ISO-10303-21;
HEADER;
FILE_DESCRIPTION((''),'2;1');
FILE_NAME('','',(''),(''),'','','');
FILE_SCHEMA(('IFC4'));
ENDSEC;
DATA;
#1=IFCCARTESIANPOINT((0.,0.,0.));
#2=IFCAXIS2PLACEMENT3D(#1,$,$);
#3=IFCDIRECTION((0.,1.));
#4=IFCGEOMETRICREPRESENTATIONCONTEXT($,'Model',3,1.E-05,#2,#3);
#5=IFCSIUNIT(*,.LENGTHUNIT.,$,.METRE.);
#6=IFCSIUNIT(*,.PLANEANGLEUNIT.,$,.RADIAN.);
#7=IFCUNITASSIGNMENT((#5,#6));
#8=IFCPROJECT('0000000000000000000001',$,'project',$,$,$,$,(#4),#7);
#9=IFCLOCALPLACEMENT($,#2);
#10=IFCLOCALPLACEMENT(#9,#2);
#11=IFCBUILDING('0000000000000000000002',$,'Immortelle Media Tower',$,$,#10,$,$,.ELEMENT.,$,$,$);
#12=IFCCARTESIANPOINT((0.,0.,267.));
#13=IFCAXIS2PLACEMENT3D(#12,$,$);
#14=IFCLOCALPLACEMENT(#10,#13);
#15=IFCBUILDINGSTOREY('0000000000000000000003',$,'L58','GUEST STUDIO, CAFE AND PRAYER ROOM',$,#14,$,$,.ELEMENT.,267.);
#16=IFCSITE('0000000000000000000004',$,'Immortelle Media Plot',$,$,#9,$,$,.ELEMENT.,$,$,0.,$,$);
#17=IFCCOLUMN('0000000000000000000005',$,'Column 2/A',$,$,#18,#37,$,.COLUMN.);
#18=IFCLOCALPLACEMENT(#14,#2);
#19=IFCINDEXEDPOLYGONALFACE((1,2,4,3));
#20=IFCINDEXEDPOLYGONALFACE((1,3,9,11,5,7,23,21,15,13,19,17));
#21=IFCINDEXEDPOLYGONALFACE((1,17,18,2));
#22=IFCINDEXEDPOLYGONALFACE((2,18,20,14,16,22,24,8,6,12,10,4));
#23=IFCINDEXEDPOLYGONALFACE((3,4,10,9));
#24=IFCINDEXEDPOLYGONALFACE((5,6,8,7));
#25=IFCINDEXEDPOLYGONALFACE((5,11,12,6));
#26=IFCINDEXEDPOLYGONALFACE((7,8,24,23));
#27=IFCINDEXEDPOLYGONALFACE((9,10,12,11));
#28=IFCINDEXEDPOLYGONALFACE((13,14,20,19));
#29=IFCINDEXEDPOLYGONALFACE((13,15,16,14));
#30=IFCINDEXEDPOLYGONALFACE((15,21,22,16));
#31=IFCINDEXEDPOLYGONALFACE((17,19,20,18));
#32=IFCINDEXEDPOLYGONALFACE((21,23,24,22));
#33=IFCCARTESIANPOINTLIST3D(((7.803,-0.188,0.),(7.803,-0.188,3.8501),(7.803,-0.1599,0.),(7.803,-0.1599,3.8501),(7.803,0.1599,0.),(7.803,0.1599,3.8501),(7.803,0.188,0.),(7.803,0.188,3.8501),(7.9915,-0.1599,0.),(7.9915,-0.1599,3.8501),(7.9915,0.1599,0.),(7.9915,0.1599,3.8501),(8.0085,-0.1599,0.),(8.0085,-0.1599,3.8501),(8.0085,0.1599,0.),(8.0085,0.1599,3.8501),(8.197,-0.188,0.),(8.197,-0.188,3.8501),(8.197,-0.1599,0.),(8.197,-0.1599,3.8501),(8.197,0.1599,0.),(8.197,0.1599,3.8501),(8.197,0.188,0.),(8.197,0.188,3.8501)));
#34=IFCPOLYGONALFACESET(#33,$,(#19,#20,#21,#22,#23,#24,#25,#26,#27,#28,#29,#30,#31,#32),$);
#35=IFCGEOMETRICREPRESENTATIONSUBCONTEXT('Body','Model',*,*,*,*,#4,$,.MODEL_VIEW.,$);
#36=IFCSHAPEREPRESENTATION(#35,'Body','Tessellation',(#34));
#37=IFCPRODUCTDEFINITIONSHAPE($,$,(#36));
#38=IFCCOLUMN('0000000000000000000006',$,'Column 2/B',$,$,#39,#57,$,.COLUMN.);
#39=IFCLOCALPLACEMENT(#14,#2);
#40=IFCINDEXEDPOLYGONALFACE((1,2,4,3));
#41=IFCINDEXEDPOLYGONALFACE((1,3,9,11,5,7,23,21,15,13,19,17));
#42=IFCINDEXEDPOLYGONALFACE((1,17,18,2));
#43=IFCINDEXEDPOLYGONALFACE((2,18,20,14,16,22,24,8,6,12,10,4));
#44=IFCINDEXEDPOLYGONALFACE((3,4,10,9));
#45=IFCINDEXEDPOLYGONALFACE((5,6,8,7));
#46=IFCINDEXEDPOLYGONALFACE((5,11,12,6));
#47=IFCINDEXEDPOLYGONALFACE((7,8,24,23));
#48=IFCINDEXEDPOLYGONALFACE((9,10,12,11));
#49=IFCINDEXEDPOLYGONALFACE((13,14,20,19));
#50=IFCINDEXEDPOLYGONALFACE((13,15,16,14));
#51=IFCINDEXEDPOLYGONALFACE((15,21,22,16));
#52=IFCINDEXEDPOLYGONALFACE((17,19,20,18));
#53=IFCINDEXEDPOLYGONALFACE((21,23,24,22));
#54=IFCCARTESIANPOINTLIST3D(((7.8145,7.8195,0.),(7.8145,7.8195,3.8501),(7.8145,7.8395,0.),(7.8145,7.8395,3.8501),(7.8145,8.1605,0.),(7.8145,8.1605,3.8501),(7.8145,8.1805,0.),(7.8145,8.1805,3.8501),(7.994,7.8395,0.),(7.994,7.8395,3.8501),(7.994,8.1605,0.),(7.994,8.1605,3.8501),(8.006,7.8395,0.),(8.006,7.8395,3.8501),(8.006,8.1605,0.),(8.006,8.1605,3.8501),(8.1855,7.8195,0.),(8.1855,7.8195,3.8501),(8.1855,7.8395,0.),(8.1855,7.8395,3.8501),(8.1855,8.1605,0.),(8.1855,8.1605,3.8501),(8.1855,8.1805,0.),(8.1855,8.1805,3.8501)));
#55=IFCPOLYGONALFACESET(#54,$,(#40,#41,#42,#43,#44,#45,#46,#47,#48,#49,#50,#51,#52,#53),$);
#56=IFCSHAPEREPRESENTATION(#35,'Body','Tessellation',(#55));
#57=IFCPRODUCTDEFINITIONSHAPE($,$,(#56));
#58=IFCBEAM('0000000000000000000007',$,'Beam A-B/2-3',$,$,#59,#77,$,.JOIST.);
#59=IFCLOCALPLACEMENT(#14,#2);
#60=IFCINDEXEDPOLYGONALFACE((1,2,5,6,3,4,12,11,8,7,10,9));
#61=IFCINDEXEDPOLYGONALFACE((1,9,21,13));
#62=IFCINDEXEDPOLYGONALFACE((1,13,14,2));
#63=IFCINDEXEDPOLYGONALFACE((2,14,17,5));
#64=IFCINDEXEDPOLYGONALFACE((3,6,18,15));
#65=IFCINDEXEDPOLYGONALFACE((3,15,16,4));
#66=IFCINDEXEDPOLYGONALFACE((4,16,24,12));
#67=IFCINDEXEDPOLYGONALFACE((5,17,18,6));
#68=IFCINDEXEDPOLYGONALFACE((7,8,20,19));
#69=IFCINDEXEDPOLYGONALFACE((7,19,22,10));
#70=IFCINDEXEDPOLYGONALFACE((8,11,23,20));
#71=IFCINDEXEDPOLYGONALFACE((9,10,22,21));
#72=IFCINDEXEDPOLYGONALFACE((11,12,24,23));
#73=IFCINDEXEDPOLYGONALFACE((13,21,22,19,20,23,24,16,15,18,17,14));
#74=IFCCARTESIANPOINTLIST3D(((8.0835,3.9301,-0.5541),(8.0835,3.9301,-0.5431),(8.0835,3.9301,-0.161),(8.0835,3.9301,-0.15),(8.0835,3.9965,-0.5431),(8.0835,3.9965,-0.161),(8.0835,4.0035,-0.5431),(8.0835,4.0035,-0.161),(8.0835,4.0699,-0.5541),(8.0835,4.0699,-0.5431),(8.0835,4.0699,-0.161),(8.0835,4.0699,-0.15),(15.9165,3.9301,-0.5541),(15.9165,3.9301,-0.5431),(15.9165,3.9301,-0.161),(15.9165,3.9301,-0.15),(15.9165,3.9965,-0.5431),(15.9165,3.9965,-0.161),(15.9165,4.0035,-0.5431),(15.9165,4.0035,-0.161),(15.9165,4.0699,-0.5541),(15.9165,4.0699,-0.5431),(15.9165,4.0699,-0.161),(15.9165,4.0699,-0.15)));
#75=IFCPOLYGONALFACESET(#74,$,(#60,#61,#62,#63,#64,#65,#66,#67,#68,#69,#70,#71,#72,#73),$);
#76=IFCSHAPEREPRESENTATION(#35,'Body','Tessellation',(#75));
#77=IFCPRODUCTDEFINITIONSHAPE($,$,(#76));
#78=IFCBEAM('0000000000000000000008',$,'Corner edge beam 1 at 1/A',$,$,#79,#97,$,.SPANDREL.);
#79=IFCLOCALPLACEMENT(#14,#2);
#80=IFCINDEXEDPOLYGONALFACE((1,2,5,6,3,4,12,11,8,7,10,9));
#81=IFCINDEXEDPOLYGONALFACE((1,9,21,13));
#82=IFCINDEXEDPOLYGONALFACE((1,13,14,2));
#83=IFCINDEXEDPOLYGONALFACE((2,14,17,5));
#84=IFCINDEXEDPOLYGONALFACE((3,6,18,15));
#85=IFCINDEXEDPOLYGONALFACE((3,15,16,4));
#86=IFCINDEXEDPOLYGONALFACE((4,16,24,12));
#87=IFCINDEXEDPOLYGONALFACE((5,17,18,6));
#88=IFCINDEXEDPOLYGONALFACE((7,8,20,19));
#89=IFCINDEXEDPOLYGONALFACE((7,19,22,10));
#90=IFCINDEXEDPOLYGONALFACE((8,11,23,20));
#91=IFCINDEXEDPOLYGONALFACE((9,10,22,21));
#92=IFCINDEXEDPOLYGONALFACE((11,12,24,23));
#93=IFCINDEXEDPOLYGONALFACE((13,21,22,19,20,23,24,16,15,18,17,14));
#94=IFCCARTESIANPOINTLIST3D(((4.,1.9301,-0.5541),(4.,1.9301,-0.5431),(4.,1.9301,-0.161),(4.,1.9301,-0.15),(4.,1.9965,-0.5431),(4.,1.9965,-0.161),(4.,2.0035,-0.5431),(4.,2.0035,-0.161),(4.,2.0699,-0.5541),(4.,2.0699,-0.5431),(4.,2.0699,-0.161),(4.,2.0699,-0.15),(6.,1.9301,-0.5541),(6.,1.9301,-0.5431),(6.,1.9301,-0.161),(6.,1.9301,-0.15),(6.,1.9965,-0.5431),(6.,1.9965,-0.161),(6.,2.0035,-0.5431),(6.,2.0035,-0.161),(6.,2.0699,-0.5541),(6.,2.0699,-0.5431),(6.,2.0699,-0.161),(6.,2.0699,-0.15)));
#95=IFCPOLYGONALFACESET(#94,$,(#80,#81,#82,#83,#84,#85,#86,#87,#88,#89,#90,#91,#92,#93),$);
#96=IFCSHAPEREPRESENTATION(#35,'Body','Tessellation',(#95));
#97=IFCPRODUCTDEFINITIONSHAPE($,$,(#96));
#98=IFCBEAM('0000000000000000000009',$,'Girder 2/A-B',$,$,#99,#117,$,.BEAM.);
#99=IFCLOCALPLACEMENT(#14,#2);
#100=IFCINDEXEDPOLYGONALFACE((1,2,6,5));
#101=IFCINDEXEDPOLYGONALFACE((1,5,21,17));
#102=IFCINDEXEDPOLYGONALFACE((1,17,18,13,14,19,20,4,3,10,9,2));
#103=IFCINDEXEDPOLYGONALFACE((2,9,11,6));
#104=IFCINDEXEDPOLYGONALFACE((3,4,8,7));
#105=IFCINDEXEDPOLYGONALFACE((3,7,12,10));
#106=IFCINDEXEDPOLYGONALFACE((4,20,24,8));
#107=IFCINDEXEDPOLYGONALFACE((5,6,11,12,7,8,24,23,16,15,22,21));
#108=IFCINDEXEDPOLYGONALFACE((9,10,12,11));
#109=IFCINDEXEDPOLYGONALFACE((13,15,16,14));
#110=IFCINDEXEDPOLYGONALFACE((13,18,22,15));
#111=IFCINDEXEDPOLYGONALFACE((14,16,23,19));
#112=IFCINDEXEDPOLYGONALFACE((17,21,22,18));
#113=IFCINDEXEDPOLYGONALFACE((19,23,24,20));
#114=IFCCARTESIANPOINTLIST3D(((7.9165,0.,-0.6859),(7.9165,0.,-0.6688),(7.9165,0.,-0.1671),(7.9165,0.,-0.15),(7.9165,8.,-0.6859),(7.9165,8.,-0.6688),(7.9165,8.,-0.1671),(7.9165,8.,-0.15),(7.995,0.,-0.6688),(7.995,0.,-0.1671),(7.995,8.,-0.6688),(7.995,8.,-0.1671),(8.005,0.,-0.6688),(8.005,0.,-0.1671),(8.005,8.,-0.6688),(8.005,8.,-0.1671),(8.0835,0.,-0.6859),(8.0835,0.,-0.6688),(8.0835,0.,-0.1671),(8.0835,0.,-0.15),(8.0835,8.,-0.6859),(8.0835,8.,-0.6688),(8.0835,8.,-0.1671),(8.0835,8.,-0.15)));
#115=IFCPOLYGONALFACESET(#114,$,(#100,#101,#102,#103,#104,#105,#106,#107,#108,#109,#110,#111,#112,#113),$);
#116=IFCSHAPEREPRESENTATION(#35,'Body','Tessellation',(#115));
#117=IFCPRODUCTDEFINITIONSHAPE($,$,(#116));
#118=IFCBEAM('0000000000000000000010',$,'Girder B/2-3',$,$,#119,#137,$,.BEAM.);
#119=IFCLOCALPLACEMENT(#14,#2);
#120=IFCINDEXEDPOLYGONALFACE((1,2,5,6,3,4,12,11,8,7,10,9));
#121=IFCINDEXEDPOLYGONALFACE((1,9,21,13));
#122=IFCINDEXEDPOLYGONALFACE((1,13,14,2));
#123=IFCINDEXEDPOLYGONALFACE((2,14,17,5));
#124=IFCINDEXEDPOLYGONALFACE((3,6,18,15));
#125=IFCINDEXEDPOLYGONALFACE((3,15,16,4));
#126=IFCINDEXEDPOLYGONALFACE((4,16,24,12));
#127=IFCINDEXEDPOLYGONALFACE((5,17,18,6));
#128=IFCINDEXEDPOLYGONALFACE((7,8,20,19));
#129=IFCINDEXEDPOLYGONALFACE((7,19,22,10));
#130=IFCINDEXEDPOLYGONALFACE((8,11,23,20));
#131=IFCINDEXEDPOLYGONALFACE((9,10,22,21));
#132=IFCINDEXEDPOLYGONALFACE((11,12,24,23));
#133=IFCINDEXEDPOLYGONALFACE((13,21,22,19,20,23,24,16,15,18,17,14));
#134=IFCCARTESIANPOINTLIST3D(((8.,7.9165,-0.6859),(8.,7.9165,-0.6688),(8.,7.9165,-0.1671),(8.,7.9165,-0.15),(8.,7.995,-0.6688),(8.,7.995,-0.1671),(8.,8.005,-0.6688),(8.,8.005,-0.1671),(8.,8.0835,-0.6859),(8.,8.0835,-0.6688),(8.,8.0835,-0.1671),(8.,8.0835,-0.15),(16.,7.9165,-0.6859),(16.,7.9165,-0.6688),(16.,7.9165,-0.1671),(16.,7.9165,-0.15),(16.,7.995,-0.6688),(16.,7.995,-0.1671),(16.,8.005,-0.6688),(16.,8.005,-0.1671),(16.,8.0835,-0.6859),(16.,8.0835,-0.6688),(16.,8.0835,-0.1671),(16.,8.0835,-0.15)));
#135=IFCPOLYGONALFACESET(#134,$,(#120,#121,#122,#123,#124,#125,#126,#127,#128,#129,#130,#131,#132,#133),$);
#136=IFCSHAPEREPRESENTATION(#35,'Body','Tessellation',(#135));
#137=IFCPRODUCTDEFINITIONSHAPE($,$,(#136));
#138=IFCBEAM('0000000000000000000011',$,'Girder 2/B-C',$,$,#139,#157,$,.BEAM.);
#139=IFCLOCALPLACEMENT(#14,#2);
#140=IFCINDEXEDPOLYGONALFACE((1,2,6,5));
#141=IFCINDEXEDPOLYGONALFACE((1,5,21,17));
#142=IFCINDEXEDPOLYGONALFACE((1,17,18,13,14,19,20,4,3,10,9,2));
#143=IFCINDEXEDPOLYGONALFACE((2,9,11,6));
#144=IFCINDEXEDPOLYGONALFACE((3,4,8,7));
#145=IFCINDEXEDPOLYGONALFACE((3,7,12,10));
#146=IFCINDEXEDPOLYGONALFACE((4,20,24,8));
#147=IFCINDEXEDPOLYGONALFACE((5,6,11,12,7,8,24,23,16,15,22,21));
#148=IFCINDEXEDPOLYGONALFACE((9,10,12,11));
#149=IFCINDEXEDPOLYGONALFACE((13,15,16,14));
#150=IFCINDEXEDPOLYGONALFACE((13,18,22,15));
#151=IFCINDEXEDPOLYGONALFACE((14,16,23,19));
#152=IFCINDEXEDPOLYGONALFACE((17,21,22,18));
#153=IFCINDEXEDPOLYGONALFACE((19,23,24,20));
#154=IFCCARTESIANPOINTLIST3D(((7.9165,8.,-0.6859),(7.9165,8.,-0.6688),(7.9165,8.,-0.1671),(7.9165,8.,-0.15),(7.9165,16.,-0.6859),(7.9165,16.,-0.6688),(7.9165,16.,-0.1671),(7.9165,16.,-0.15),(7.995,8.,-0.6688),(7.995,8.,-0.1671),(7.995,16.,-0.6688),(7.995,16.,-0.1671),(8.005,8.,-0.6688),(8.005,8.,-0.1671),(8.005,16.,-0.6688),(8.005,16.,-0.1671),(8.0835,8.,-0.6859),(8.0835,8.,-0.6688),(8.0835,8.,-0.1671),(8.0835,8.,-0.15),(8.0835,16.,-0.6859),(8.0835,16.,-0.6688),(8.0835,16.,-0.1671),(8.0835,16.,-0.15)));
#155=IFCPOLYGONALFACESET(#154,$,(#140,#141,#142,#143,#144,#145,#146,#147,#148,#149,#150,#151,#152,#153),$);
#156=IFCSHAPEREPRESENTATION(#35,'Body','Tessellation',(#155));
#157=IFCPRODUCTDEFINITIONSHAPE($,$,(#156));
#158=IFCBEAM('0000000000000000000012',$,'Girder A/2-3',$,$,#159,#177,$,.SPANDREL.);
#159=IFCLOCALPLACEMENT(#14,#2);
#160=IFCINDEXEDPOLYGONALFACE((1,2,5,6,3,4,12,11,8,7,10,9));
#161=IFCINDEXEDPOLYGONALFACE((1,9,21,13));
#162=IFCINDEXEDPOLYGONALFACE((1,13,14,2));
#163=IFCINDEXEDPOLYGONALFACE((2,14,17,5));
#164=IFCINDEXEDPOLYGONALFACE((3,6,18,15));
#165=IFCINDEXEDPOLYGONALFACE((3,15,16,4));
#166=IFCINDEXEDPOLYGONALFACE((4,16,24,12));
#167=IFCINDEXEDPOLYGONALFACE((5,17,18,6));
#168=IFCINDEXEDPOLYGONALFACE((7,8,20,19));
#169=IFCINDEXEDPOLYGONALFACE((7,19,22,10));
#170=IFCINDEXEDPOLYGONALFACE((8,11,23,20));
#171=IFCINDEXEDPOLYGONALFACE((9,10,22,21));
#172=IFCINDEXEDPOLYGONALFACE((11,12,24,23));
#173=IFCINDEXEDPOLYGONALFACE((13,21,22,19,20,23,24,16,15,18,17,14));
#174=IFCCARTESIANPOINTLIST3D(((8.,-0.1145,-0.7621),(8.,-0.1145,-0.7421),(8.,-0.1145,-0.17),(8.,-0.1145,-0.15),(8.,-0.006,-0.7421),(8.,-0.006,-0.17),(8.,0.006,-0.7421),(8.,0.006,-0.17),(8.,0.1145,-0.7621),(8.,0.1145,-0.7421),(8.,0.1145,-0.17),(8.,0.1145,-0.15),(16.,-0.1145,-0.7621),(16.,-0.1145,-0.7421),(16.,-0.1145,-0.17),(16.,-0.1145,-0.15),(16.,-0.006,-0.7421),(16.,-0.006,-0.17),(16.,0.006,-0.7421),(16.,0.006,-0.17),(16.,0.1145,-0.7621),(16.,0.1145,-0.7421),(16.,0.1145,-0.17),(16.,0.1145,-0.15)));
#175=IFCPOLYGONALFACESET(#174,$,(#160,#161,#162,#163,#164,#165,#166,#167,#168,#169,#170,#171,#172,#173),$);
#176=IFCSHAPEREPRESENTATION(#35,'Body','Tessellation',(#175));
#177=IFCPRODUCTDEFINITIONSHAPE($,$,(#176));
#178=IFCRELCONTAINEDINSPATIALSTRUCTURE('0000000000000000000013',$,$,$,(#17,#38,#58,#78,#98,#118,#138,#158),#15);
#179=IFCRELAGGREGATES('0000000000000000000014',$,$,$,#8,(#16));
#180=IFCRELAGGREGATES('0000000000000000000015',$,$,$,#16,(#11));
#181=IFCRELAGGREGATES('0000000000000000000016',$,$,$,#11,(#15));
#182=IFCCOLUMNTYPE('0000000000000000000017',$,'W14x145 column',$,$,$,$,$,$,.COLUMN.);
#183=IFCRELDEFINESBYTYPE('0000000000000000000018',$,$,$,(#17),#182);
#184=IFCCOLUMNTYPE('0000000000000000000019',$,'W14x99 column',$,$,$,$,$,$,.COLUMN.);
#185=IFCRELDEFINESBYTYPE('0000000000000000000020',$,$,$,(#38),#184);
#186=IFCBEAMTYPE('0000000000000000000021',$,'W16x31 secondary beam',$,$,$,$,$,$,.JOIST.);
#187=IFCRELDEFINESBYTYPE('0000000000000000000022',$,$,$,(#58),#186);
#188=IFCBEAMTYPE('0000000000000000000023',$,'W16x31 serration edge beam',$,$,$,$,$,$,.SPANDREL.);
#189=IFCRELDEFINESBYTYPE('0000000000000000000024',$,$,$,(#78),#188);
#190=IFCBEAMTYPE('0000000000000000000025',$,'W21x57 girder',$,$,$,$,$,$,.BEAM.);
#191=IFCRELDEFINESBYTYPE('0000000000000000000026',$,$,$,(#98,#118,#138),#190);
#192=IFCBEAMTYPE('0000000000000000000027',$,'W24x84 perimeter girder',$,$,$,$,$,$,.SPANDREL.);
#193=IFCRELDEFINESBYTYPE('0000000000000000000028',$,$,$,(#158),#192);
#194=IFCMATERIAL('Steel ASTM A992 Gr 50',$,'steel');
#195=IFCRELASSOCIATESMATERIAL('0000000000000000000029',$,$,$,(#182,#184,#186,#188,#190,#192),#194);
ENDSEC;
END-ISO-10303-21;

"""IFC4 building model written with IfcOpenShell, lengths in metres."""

from ifc_helpers import new_model, si_unit, direction, frame, origin, origin_2d, place, context, subcontext, project, spatial, i_section, extrude, material, material_profile, profile_set, type_object, element, save


model = new_model("IFC4")

# Units and contexts
model_context = context("Model", 3, precision=1e-05, world=origin(), true_north=direction((0.0, 1.0)))
body_context = subcontext(model_context, "Body", "Model", "MODEL_VIEW")
ifc_project = project(units=[si_unit("LENGTHUNIT", "METRE"), si_unit("PLANEANGLEUNIT", "RADIAN")], contexts=[model_context])

# Site, building, storey
site_placement = place(None, origin())
site = spatial("IfcSite", under=ifc_project, at=site_placement, Name="Immortelle Media Plot", CompositionType="ELEMENT", RefElevation=0.0)
building_placement = place(site_placement, origin())
building = spatial("IfcBuilding", under=site, at=building_placement, Name="Immortelle Media Tower", CompositionType="ELEMENT")
storey_placement = place(building_placement, frame((0.0, 0.0, 267.0)))
storey = spatial("IfcBuildingStorey", under=building, at=storey_placement, Name="L58", Description="GUEST STUDIO, CAFE AND PRAYER ROOM", CompositionType="ELEMENT", Elevation=267.0)

# Columns
ifc_material_1 = material(Name="Steel ASTM A992 Gr 50", Category="steel")
ifc_material_profile_1 = material_profile(ifc_material_1, i_section(OverallWidth=0.394, OverallDepth=0.376, WebThickness=0.0171, FlangeThickness=0.0281, at=origin_2d()), Name="W14x145")
ifc_profile_set_1 = profile_set([ifc_material_profile_1], Name="Steel ASTM A992 Gr 50")
column_type_1 = type_object("IfcColumnType", Name="W14x145 column", PredefinedType="COLUMN", material=ifc_profile_set_1)
column_1_placement = place(storey_placement, frame((8.0, 0.0, 0.0), z_axis=(0.0, 0.0, 1.0), x_axis=(1.0, 0.0, 0.0)))
element("IfcColumn", 1, at=column_1_placement, inside=storey, type_object=column_type_1, Name="Column 2/A", PredefinedType="COLUMN", context=body_context, shape_type="SweptSolid", body=[
    extrude(i_section(OverallWidth=0.394, OverallDepth=0.376, WebThickness=0.0171, FlangeThickness=0.0281, at=origin_2d()), origin(), (0.0, 0.0, 1.0), 3.8501),
])
ifc_material_profile_2 = material_profile(ifc_material_1, i_section(OverallWidth=0.3711, OverallDepth=0.3611, WebThickness=0.012, FlangeThickness=0.02, at=origin_2d()), Name="W14x99")
ifc_profile_set_2 = profile_set([ifc_material_profile_2], Name="Steel ASTM A992 Gr 50")
column_type_2 = type_object("IfcColumnType", Name="W14x99 column", PredefinedType="COLUMN", material=ifc_profile_set_2)
column_2_placement = place(storey_placement, frame((8.0, 8.0, 0.0), z_axis=(0.0, 0.0, 1.0), x_axis=(1.0, 0.0, 0.0)))
element("IfcColumn", 2, at=column_2_placement, inside=storey, type_object=column_type_2, Name="Column 2/B", PredefinedType="COLUMN", context=body_context, shape_type="SweptSolid", body=[
    extrude(i_section(OverallWidth=0.3711, OverallDepth=0.3611, WebThickness=0.012, FlangeThickness=0.02, at=origin_2d()), origin(), (0.0, 0.0, 1.0), 3.8501),
])

# Beams
ifc_material_profile_3 = material_profile(ifc_material_1, i_section(OverallWidth=0.1399, OverallDepth=0.4041, WebThickness=0.0071, FlangeThickness=0.011, at=origin_2d()), Name="W16x31")
ifc_profile_set_3 = profile_set([ifc_material_profile_3], Name="Steel ASTM A992 Gr 50")
beam_type_1 = type_object("IfcBeamType", Name="W16x31 secondary beam", PredefinedType="JOIST", material=ifc_profile_set_3)
beam_1_placement = place(storey_placement, frame((8.0835, 4.0, -0.3521), z_axis=(1.0, 0.0, 0.0), x_axis=(0.0, 1.0, 0.0)))
element("IfcBeam", 3, at=beam_1_placement, inside=storey, type_object=beam_type_1, Name="Beam A-B/2-3", PredefinedType="JOIST", context=body_context, shape_type="SweptSolid", body=[
    extrude(i_section(OverallWidth=0.1399, OverallDepth=0.4041, WebThickness=0.0071, FlangeThickness=0.011, at=origin_2d()), origin(), (0.0, 0.0, 1.0), 7.833),
])
ifc_material_profile_4 = material_profile(ifc_material_1, i_section(OverallWidth=0.1399, OverallDepth=0.4041, WebThickness=0.0071, FlangeThickness=0.011, at=origin_2d()), Name="W16x31")
ifc_profile_set_4 = profile_set([ifc_material_profile_4], Name="Steel ASTM A992 Gr 50")
beam_type_2 = type_object("IfcBeamType", Name="W16x31 serration edge beam", PredefinedType="SPANDREL", material=ifc_profile_set_4)
beam_2_placement = place(storey_placement, frame((6.0, 2.0, -0.3521), z_axis=(-1.0, 0.0, 0.0), x_axis=(0.0, -1.0, 0.0)))
element("IfcBeam", 4, at=beam_2_placement, inside=storey, type_object=beam_type_2, Name="Corner edge beam 1 at 1/A", PredefinedType="SPANDREL", context=body_context, shape_type="SweptSolid", body=[
    extrude(i_section(OverallWidth=0.1399, OverallDepth=0.4041, WebThickness=0.0071, FlangeThickness=0.011, at=origin_2d()), origin(), (0.0, 0.0, 1.0), 2.0),
])
ifc_material_profile_5 = material_profile(ifc_material_1, i_section(OverallWidth=0.167, OverallDepth=0.5359, WebThickness=0.01, FlangeThickness=0.0171, at=origin_2d()), Name="W21x57")
ifc_profile_set_5 = profile_set([ifc_material_profile_5], Name="Steel ASTM A992 Gr 50")
beam_type_3 = type_object("IfcBeamType", Name="W21x57 girder", PredefinedType="BEAM", material=ifc_profile_set_5)
for number, where, z_axis, x_axis, name in (
    (5, (8.0, 0.0, -0.418), (0.0, 1.0, 0.0), (-1.0, 0.0, 0.0), "Girder 2/A-B"),
    (6, (8.0, 8.0, -0.418), (1.0, 0.0, 0.0), (0.0, 1.0, 0.0), "Girder B/2-3"),
    (7, (8.0, 8.0, -0.418), (0.0, 1.0, 0.0), (-1.0, 0.0, 0.0), "Girder 2/B-C"),
):
    element("IfcBeam", number, at=place(storey_placement, frame(where, z_axis=z_axis, x_axis=x_axis)), inside=storey, type_object=beam_type_3, Name=name, PredefinedType="BEAM", context=body_context, shape_type="SweptSolid", body=[
        extrude(i_section(OverallWidth=0.167, OverallDepth=0.5359, WebThickness=0.01, FlangeThickness=0.0171, at=origin_2d()), origin(), (0.0, 0.0, 1.0), 8.0),
    ])
ifc_material_profile_6 = material_profile(ifc_material_1, i_section(OverallWidth=0.229, OverallDepth=0.6121, WebThickness=0.012, FlangeThickness=0.02, at=origin_2d()), Name="W24x84")
ifc_profile_set_6 = profile_set([ifc_material_profile_6], Name="Steel ASTM A992 Gr 50")
beam_type_4 = type_object("IfcBeamType", Name="W24x84 perimeter girder", PredefinedType="SPANDREL", material=ifc_profile_set_6)
beam_3_placement = place(storey_placement, frame((8.0, 0.0, -0.4561), z_axis=(1.0, 0.0, 0.0), x_axis=(0.0, 1.0, 0.0)))
element("IfcBeam", 8, at=beam_3_placement, inside=storey, type_object=beam_type_4, Name="Girder A/2-3", PredefinedType="SPANDREL", context=body_context, shape_type="SweptSolid", body=[
    extrude(i_section(OverallWidth=0.229, OverallDepth=0.6121, WebThickness=0.012, FlangeThickness=0.02, at=origin_2d()), origin(), (0.0, 0.0, 1.0), 8.0),
])

save(model, "model.ifc")
